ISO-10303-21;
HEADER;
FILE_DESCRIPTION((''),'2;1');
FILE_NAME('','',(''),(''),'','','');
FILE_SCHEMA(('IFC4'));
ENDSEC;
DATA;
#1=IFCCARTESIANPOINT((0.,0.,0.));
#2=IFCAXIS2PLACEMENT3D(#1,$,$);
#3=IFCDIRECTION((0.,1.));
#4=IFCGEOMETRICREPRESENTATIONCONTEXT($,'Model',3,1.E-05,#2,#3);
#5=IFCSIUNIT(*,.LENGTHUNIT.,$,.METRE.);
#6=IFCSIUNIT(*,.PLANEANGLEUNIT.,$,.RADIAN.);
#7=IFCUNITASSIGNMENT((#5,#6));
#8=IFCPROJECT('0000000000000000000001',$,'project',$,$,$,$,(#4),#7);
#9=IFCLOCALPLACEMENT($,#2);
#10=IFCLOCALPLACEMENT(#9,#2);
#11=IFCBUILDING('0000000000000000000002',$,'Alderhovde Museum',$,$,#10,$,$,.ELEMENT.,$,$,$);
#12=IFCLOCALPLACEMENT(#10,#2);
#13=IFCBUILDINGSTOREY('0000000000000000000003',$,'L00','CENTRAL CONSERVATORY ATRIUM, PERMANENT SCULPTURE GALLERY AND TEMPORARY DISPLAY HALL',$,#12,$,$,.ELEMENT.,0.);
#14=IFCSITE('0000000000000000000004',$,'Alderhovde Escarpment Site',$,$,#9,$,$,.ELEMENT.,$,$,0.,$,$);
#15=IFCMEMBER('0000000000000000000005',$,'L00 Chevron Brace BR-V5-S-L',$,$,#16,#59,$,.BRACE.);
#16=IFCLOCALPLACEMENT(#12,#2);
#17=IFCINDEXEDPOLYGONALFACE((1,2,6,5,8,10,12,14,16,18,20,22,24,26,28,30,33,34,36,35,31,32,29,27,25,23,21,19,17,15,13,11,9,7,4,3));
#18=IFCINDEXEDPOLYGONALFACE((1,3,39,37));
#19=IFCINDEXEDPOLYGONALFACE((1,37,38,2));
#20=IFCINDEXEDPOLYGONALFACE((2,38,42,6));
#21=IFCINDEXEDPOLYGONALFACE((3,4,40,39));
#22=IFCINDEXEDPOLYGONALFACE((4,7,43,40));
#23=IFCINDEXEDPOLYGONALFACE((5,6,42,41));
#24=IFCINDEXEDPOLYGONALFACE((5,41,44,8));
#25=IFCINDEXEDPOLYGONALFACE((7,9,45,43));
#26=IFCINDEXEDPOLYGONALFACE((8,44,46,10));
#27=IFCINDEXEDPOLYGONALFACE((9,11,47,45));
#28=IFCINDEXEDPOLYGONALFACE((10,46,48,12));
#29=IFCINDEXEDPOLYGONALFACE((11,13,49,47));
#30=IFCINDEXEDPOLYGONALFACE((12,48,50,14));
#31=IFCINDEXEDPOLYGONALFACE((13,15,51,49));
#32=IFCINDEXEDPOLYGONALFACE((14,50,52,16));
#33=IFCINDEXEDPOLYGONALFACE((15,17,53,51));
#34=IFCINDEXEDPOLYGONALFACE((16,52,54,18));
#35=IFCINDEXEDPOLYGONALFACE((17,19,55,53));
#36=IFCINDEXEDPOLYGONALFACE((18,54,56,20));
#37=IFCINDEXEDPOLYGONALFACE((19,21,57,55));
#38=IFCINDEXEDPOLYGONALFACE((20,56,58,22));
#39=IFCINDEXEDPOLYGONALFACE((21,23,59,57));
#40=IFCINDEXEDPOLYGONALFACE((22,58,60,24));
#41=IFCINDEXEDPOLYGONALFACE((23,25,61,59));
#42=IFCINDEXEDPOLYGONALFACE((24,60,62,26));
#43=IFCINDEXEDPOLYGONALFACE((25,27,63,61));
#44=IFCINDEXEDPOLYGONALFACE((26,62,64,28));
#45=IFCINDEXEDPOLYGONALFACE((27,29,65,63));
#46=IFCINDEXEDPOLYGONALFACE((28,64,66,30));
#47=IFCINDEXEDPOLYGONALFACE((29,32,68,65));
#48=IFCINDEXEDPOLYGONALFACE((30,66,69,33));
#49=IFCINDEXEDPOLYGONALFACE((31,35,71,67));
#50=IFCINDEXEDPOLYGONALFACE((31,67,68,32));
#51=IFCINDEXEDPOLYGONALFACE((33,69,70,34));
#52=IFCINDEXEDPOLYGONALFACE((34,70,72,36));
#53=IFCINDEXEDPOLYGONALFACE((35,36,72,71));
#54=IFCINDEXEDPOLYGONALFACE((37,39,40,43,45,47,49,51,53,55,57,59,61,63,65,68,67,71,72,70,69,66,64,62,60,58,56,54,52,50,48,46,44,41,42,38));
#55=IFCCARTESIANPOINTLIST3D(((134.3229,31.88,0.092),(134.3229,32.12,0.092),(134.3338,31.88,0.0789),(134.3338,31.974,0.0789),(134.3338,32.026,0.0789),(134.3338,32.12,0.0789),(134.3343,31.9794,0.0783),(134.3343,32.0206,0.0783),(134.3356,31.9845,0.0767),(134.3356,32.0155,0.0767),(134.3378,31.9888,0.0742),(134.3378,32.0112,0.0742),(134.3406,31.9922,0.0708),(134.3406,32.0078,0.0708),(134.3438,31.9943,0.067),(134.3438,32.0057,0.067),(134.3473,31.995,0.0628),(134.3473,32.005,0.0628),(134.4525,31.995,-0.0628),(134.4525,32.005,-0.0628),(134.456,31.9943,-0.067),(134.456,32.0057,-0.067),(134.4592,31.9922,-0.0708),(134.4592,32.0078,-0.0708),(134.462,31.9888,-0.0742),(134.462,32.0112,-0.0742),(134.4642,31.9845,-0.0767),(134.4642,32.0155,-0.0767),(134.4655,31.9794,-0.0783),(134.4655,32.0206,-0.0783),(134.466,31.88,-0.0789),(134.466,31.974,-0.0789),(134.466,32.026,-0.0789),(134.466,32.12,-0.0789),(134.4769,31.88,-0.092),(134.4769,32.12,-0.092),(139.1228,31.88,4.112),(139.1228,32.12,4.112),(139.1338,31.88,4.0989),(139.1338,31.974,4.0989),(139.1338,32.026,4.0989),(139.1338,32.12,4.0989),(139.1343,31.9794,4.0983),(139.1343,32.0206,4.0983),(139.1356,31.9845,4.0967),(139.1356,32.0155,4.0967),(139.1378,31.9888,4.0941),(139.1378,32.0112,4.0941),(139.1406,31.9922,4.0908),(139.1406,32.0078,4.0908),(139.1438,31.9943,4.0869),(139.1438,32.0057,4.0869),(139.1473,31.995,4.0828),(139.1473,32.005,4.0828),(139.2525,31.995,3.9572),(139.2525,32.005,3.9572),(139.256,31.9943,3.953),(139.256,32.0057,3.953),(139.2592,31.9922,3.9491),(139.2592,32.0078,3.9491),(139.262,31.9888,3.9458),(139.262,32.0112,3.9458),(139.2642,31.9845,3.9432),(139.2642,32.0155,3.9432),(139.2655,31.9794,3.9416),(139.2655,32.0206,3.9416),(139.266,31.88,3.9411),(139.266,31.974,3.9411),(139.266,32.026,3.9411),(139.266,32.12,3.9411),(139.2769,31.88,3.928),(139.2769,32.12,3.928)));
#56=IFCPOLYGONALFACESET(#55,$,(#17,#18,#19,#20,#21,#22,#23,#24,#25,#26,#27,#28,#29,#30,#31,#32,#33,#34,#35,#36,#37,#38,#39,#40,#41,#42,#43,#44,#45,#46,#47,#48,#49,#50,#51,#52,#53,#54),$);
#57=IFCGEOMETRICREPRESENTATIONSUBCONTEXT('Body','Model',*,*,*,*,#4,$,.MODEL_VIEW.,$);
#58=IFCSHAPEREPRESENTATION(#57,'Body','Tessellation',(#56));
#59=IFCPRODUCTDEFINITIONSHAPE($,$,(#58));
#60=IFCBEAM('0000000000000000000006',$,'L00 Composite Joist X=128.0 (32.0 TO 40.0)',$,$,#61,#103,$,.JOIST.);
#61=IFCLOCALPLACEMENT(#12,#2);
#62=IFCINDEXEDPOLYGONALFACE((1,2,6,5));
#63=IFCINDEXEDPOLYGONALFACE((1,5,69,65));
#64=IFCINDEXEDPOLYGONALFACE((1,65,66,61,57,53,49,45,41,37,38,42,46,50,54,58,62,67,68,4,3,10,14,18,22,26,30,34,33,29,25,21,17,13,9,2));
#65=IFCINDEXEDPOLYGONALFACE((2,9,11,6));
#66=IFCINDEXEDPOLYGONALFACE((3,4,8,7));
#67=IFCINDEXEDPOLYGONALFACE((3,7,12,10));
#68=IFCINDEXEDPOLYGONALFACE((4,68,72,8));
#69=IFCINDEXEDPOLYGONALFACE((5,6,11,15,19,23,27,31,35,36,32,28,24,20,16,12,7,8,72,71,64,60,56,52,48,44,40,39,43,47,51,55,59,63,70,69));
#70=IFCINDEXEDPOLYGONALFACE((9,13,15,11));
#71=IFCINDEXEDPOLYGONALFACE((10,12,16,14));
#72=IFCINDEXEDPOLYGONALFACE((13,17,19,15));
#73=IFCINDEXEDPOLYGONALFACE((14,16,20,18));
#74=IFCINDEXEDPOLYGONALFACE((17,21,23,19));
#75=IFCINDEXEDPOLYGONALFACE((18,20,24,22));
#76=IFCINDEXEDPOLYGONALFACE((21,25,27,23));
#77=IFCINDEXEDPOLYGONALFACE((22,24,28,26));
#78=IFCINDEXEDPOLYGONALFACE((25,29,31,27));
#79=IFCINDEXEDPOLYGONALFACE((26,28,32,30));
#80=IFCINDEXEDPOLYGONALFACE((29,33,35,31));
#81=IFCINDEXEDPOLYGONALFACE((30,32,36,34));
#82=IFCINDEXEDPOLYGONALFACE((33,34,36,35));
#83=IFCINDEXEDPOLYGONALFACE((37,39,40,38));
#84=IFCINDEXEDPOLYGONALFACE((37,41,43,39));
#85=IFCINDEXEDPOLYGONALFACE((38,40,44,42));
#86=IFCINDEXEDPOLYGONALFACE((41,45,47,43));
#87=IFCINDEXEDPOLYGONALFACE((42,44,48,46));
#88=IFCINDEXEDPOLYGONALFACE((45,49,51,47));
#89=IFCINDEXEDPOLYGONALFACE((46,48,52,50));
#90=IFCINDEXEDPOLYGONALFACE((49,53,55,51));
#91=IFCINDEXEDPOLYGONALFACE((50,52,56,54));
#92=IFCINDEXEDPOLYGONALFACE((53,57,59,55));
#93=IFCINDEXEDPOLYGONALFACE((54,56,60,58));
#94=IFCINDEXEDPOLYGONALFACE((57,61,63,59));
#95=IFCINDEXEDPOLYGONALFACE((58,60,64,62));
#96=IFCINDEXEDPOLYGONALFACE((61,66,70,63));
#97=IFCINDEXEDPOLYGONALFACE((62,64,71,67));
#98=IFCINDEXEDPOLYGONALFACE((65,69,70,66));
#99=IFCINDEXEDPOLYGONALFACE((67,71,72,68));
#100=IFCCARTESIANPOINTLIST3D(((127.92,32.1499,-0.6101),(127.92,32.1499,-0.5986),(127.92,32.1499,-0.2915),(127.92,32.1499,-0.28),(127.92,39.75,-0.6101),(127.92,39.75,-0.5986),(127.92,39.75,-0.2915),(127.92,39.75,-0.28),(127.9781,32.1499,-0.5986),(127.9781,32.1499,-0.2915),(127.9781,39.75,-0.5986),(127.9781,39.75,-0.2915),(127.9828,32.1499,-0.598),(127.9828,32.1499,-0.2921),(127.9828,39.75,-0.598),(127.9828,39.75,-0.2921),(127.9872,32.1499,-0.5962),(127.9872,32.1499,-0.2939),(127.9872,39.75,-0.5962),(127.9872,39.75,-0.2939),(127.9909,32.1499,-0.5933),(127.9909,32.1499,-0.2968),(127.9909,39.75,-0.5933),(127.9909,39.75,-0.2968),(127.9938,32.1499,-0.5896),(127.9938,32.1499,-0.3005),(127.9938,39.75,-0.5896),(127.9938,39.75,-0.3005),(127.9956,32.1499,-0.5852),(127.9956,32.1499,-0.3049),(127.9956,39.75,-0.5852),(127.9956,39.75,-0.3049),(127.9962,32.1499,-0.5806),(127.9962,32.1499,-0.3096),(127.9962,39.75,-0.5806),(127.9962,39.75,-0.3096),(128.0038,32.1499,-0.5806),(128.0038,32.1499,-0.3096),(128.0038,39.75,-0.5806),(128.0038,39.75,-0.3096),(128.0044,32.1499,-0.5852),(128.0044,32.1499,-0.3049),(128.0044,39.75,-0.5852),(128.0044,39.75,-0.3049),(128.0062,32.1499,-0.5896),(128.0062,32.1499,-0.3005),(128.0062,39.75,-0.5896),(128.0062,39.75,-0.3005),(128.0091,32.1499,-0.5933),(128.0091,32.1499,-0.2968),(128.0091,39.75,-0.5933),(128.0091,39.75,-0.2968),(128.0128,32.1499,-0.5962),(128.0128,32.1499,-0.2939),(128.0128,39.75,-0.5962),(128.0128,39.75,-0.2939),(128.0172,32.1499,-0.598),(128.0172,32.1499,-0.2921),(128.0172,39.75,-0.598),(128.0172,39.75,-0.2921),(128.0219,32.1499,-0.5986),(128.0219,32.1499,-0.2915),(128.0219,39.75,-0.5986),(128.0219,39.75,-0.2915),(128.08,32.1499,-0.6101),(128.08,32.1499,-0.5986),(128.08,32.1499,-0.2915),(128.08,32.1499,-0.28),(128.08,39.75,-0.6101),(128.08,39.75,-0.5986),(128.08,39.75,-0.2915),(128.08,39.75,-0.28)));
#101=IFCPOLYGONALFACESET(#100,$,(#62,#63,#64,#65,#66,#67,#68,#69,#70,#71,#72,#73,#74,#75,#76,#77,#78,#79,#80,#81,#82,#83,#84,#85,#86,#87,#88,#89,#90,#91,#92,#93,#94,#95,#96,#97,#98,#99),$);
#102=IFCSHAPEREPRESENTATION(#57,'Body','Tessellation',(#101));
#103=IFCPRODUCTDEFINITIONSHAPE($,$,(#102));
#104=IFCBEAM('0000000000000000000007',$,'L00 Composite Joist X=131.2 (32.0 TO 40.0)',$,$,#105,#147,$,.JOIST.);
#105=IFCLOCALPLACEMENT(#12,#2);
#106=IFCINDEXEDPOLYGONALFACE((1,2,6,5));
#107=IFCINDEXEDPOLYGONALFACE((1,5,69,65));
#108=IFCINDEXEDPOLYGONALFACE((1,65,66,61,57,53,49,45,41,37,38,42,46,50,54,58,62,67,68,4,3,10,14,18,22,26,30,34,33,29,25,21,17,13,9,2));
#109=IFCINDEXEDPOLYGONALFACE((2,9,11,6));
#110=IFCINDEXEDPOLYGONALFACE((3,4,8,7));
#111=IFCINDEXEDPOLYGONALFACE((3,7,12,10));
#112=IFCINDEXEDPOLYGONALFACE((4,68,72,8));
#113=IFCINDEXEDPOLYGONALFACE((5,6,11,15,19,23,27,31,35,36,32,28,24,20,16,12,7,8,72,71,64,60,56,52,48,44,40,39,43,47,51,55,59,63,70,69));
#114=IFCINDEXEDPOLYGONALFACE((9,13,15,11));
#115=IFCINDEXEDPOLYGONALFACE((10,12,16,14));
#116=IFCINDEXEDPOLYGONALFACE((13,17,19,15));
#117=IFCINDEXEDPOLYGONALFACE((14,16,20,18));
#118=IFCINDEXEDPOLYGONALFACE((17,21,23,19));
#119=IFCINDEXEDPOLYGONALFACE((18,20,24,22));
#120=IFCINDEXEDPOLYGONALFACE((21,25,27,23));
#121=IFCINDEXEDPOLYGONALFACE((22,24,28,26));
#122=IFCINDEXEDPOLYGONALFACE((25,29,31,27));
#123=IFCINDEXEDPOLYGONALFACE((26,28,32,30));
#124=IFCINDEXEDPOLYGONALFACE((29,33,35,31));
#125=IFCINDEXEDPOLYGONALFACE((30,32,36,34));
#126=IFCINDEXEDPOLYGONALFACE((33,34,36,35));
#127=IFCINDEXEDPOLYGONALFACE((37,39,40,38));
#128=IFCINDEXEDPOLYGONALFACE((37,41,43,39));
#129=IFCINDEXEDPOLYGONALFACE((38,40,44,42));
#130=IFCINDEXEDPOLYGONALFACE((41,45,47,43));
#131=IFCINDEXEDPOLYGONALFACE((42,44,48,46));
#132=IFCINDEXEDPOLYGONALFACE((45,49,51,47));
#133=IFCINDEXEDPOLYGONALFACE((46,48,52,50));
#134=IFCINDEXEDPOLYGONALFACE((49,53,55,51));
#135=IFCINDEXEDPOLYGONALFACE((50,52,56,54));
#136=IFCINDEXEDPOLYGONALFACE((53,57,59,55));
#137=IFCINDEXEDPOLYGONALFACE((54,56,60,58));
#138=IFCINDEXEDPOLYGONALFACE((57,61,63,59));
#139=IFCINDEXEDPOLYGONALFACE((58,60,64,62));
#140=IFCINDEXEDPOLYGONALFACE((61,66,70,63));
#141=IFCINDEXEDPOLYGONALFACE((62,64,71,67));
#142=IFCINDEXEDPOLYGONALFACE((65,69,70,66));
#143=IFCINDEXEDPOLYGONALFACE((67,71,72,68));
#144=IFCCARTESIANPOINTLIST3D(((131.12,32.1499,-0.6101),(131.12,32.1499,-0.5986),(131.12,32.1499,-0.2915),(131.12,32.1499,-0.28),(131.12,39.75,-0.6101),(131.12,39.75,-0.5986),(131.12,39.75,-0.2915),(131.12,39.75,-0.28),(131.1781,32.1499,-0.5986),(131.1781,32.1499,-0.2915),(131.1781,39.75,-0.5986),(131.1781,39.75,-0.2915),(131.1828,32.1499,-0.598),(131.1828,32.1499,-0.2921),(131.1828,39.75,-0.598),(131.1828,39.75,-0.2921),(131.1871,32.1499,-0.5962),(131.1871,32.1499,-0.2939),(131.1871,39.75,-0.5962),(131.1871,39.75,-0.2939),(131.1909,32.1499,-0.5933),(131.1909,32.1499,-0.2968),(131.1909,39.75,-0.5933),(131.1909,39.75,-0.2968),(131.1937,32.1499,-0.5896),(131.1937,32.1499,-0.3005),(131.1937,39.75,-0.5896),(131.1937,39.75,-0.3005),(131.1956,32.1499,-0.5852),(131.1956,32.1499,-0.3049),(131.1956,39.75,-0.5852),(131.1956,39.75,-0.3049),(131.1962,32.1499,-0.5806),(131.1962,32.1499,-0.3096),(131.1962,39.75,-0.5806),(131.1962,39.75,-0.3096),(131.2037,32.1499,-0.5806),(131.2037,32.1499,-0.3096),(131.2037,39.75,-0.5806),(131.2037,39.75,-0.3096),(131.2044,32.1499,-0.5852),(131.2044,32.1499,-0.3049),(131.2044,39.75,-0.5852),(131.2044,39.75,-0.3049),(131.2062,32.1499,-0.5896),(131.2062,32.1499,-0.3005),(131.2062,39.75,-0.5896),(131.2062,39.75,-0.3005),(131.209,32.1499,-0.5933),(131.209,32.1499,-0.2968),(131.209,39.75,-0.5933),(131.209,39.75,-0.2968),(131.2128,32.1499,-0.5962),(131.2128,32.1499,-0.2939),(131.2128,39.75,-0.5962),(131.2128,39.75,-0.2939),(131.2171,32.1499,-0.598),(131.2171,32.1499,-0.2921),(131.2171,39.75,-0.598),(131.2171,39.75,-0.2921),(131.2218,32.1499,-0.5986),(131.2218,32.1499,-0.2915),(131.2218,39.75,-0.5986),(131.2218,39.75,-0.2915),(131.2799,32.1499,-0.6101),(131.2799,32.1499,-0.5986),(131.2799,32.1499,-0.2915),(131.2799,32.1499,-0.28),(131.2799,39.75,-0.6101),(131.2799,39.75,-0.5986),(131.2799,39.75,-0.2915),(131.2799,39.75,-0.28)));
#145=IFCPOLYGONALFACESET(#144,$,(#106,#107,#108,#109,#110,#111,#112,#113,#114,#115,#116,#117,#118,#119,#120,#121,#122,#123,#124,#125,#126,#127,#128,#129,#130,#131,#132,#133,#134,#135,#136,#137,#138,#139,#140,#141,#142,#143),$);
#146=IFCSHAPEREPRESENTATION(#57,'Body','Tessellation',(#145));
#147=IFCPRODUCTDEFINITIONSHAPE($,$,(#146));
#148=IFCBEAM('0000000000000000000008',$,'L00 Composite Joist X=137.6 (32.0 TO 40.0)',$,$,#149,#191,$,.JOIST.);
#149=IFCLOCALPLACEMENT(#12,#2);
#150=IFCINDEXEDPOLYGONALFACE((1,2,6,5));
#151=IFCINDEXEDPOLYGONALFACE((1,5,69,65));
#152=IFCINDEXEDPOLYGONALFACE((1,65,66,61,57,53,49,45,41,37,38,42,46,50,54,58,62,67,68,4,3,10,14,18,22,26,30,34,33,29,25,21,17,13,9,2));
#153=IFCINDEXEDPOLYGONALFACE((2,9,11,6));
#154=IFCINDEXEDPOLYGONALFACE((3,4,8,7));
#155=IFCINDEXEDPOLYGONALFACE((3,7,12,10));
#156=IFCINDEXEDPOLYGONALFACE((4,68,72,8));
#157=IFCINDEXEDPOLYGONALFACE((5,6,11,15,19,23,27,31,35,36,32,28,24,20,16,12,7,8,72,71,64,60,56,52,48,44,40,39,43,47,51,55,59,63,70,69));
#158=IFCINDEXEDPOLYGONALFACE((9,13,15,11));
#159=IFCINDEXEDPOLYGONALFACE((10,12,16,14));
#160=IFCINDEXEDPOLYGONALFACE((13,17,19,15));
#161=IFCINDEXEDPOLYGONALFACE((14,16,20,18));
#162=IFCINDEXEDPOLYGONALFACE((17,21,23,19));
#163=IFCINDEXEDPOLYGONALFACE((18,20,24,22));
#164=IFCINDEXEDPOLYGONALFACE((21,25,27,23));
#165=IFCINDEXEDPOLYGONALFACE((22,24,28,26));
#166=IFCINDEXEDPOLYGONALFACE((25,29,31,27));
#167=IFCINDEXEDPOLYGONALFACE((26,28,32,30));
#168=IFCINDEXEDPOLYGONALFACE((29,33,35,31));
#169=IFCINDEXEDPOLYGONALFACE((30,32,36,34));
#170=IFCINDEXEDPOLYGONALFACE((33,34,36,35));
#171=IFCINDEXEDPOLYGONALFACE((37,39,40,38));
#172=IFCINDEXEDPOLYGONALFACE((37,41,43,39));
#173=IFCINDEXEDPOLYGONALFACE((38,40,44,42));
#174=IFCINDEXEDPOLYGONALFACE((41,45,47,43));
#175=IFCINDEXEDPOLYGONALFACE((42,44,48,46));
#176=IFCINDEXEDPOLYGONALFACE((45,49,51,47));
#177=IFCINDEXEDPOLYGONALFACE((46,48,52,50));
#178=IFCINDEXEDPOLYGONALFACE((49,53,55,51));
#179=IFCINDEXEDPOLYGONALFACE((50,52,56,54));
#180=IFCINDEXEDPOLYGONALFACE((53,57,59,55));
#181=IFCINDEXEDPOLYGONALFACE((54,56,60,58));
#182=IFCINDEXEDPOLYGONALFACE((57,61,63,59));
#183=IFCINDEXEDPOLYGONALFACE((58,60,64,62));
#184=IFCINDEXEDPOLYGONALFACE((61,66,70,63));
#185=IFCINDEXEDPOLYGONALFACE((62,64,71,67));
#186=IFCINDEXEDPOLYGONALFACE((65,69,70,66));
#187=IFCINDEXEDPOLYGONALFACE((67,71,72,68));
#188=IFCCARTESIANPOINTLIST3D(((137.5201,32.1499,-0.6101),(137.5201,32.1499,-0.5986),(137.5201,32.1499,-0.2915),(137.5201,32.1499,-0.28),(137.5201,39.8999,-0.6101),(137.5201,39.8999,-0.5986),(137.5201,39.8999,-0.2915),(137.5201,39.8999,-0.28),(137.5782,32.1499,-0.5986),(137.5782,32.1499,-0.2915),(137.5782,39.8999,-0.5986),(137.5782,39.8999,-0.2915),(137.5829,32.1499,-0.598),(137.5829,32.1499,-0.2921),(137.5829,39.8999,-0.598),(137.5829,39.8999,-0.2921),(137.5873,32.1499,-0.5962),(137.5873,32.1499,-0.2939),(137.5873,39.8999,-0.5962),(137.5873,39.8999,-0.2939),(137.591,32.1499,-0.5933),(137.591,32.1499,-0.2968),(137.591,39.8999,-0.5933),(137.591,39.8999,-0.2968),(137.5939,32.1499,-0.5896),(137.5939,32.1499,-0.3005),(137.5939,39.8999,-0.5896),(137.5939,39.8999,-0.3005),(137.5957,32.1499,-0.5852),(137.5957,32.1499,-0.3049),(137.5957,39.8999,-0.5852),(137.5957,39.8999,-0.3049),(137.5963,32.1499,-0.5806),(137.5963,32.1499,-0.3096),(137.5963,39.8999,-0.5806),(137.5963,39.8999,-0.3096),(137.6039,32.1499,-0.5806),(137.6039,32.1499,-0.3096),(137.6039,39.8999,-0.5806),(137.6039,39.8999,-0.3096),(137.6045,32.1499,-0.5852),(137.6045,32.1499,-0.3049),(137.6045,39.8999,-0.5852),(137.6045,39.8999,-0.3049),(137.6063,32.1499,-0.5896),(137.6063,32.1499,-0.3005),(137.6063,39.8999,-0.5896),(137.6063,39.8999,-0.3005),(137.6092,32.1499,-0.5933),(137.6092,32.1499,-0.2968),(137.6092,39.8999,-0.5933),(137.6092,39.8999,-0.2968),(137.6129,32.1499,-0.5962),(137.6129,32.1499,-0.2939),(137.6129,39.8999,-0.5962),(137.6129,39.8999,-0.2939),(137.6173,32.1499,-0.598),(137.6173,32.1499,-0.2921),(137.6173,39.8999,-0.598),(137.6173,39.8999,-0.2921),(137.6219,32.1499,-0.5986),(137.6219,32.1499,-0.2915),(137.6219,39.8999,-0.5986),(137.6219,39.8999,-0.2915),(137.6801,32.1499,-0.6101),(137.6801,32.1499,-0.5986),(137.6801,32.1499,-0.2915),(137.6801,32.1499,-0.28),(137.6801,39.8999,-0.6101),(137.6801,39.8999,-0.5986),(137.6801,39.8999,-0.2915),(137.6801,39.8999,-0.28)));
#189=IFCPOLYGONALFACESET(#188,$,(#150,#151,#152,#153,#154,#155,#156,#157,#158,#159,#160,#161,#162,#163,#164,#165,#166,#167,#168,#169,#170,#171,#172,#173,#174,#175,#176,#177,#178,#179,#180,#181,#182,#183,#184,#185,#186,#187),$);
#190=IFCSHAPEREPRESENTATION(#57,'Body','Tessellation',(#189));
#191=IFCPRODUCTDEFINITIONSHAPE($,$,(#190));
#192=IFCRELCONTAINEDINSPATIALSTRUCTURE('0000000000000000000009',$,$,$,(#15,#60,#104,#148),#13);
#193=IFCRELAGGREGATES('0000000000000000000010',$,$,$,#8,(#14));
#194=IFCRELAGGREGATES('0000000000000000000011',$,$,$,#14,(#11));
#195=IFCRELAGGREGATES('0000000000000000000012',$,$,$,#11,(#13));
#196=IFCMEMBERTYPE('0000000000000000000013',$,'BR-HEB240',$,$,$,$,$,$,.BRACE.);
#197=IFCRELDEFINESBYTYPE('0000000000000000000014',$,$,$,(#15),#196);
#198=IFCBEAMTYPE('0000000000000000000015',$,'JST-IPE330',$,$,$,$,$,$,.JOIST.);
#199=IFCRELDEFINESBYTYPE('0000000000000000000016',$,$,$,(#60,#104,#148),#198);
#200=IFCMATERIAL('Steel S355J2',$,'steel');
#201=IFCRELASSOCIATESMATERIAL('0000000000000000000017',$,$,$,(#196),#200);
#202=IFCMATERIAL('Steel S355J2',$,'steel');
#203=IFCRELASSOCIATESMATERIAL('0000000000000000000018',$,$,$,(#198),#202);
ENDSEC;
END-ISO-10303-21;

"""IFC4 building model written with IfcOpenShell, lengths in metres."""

from ifc_helpers import new_model, si_unit, direction, frame, origin, origin_2d, place, context, subcontext, project, spatial, i_section, extrude, material, material_profile, profile_set, type_object, element, save


model = new_model("IFC4")

# Units and contexts
model_context = context("Model", 3, precision=1e-05, world=origin(), true_north=direction((0.0, 1.0)))
body_context = subcontext(model_context, "Body", "Model", "MODEL_VIEW")
ifc_project = project(units=[si_unit("LENGTHUNIT", "METRE"), si_unit("PLANEANGLEUNIT", "RADIAN")], contexts=[model_context])

# Site, building, storey
site_placement = place(None, origin())
site = spatial("IfcSite", under=ifc_project, at=site_placement, Name="Alderhovde Escarpment Site", CompositionType="ELEMENT", RefElevation=0.0)
building_placement = place(site_placement, origin())
building = spatial("IfcBuilding", under=site, at=building_placement, Name="Alderhovde Museum", CompositionType="ELEMENT")
storey_placement = place(building_placement, origin())
storey = spatial("IfcBuildingStorey", under=building, at=storey_placement, Name="L00", Description="CENTRAL CONSERVATORY ATRIUM, PERMANENT SCULPTURE GALLERY AND TEMPORARY DISPLAY HALL", CompositionType="ELEMENT", Elevation=0.0)

# Member
ifc_material_1 = material(Name="Steel S355J2", Category="steel")
ifc_material_profile_1 = material_profile(ifc_material_1, i_section(OverallWidth=0.24, OverallDepth=0.24, WebThickness=0.01, FlangeThickness=0.0171, FilletRadius=0.021, at=origin_2d()), Name="HEB 240")
ifc_profile_set_1 = profile_set([ifc_material_profile_1], Name="Steel S355J2")
member_type = type_object("IfcMemberType", Name="BR-HEB240", PredefinedType="BRACE", material=ifc_profile_set_1)
member_placement = place(storey_placement, frame((134.3999, 32.0, 0.0), z_axis=(0.76665, 0.0, 0.642066), x_axis=(0.0, 1.0, 0.0)))
element("IfcMember", 1, at=member_placement, inside=storey, type_object=member_type, Name="L00 Chevron Brace BR-V5-S-L", PredefinedType="BRACE", context=body_context, shape_type="SweptSolid", body=[
    extrude(i_section(OverallWidth=0.24, OverallDepth=0.24, WebThickness=0.01, FlangeThickness=0.0171, FilletRadius=0.021, at=origin_2d()), origin(), (0.0, 0.0, 1.0), 6.261),
])

# Beams
ifc_material_2 = material(Name="Steel S355J2", Category="steel")
ifc_material_profile_2 = material_profile(ifc_material_2, i_section(OverallWidth=0.1599, OverallDepth=0.3301, WebThickness=0.0076, FlangeThickness=0.0115, FilletRadius=0.0181, at=origin_2d()), Name="IPE 330")
ifc_profile_set_2 = profile_set([ifc_material_profile_2], Name="Steel S355J2")
beam_type_1 = type_object("IfcBeamType", Name="JST-IPE330", PredefinedType="JOIST", material=ifc_profile_set_2)
for number, where, z_axis, x_axis, name in (
    (2, (128.0, 32.1499, -0.4451), (0.0, 1.0, 0.0), (-1.0, 0.0, 0.0), "L00 Composite Joist X=128.0 (32.0 TO 40.0)"),
    (3, (131.2, 32.1499, -0.4451), (0.0, 1.0, 0.0), (-1.0, 0.0, 0.0), "L00 Composite Joist X=131.2 (32.0 TO 40.0)"),
):
    element("IfcBeam", number, at=place(storey_placement, frame(where, z_axis=z_axis, x_axis=x_axis)), inside=storey, type_object=beam_type_1, Name=name, PredefinedType="JOIST", context=body_context, shape_type="SweptSolid", body=[
        extrude(i_section(OverallWidth=0.1599, OverallDepth=0.3301, WebThickness=0.0076, FlangeThickness=0.0115, FilletRadius=0.0181, at=origin_2d()), origin(), (0.0, 0.0, 1.0), 7.6001),
    ])
beam_1_placement = place(storey_placement, frame((137.6001, 32.1499, -0.4451), z_axis=(0.0, 1.0, 0.0), x_axis=(-1.0, 0.0, 0.0)))
element("IfcBeam", 4, at=beam_1_placement, inside=storey, type_object=beam_type_1, Name="L00 Composite Joist X=137.6 (32.0 TO 40.0)", PredefinedType="JOIST", context=body_context, shape_type="SweptSolid", body=[
    extrude(i_section(OverallWidth=0.1599, OverallDepth=0.3301, WebThickness=0.0076, FlangeThickness=0.0115, FilletRadius=0.0181, at=origin_2d()), origin(), (0.0, 0.0, 1.0), 7.75),
])

save(model, "model.ifc")
